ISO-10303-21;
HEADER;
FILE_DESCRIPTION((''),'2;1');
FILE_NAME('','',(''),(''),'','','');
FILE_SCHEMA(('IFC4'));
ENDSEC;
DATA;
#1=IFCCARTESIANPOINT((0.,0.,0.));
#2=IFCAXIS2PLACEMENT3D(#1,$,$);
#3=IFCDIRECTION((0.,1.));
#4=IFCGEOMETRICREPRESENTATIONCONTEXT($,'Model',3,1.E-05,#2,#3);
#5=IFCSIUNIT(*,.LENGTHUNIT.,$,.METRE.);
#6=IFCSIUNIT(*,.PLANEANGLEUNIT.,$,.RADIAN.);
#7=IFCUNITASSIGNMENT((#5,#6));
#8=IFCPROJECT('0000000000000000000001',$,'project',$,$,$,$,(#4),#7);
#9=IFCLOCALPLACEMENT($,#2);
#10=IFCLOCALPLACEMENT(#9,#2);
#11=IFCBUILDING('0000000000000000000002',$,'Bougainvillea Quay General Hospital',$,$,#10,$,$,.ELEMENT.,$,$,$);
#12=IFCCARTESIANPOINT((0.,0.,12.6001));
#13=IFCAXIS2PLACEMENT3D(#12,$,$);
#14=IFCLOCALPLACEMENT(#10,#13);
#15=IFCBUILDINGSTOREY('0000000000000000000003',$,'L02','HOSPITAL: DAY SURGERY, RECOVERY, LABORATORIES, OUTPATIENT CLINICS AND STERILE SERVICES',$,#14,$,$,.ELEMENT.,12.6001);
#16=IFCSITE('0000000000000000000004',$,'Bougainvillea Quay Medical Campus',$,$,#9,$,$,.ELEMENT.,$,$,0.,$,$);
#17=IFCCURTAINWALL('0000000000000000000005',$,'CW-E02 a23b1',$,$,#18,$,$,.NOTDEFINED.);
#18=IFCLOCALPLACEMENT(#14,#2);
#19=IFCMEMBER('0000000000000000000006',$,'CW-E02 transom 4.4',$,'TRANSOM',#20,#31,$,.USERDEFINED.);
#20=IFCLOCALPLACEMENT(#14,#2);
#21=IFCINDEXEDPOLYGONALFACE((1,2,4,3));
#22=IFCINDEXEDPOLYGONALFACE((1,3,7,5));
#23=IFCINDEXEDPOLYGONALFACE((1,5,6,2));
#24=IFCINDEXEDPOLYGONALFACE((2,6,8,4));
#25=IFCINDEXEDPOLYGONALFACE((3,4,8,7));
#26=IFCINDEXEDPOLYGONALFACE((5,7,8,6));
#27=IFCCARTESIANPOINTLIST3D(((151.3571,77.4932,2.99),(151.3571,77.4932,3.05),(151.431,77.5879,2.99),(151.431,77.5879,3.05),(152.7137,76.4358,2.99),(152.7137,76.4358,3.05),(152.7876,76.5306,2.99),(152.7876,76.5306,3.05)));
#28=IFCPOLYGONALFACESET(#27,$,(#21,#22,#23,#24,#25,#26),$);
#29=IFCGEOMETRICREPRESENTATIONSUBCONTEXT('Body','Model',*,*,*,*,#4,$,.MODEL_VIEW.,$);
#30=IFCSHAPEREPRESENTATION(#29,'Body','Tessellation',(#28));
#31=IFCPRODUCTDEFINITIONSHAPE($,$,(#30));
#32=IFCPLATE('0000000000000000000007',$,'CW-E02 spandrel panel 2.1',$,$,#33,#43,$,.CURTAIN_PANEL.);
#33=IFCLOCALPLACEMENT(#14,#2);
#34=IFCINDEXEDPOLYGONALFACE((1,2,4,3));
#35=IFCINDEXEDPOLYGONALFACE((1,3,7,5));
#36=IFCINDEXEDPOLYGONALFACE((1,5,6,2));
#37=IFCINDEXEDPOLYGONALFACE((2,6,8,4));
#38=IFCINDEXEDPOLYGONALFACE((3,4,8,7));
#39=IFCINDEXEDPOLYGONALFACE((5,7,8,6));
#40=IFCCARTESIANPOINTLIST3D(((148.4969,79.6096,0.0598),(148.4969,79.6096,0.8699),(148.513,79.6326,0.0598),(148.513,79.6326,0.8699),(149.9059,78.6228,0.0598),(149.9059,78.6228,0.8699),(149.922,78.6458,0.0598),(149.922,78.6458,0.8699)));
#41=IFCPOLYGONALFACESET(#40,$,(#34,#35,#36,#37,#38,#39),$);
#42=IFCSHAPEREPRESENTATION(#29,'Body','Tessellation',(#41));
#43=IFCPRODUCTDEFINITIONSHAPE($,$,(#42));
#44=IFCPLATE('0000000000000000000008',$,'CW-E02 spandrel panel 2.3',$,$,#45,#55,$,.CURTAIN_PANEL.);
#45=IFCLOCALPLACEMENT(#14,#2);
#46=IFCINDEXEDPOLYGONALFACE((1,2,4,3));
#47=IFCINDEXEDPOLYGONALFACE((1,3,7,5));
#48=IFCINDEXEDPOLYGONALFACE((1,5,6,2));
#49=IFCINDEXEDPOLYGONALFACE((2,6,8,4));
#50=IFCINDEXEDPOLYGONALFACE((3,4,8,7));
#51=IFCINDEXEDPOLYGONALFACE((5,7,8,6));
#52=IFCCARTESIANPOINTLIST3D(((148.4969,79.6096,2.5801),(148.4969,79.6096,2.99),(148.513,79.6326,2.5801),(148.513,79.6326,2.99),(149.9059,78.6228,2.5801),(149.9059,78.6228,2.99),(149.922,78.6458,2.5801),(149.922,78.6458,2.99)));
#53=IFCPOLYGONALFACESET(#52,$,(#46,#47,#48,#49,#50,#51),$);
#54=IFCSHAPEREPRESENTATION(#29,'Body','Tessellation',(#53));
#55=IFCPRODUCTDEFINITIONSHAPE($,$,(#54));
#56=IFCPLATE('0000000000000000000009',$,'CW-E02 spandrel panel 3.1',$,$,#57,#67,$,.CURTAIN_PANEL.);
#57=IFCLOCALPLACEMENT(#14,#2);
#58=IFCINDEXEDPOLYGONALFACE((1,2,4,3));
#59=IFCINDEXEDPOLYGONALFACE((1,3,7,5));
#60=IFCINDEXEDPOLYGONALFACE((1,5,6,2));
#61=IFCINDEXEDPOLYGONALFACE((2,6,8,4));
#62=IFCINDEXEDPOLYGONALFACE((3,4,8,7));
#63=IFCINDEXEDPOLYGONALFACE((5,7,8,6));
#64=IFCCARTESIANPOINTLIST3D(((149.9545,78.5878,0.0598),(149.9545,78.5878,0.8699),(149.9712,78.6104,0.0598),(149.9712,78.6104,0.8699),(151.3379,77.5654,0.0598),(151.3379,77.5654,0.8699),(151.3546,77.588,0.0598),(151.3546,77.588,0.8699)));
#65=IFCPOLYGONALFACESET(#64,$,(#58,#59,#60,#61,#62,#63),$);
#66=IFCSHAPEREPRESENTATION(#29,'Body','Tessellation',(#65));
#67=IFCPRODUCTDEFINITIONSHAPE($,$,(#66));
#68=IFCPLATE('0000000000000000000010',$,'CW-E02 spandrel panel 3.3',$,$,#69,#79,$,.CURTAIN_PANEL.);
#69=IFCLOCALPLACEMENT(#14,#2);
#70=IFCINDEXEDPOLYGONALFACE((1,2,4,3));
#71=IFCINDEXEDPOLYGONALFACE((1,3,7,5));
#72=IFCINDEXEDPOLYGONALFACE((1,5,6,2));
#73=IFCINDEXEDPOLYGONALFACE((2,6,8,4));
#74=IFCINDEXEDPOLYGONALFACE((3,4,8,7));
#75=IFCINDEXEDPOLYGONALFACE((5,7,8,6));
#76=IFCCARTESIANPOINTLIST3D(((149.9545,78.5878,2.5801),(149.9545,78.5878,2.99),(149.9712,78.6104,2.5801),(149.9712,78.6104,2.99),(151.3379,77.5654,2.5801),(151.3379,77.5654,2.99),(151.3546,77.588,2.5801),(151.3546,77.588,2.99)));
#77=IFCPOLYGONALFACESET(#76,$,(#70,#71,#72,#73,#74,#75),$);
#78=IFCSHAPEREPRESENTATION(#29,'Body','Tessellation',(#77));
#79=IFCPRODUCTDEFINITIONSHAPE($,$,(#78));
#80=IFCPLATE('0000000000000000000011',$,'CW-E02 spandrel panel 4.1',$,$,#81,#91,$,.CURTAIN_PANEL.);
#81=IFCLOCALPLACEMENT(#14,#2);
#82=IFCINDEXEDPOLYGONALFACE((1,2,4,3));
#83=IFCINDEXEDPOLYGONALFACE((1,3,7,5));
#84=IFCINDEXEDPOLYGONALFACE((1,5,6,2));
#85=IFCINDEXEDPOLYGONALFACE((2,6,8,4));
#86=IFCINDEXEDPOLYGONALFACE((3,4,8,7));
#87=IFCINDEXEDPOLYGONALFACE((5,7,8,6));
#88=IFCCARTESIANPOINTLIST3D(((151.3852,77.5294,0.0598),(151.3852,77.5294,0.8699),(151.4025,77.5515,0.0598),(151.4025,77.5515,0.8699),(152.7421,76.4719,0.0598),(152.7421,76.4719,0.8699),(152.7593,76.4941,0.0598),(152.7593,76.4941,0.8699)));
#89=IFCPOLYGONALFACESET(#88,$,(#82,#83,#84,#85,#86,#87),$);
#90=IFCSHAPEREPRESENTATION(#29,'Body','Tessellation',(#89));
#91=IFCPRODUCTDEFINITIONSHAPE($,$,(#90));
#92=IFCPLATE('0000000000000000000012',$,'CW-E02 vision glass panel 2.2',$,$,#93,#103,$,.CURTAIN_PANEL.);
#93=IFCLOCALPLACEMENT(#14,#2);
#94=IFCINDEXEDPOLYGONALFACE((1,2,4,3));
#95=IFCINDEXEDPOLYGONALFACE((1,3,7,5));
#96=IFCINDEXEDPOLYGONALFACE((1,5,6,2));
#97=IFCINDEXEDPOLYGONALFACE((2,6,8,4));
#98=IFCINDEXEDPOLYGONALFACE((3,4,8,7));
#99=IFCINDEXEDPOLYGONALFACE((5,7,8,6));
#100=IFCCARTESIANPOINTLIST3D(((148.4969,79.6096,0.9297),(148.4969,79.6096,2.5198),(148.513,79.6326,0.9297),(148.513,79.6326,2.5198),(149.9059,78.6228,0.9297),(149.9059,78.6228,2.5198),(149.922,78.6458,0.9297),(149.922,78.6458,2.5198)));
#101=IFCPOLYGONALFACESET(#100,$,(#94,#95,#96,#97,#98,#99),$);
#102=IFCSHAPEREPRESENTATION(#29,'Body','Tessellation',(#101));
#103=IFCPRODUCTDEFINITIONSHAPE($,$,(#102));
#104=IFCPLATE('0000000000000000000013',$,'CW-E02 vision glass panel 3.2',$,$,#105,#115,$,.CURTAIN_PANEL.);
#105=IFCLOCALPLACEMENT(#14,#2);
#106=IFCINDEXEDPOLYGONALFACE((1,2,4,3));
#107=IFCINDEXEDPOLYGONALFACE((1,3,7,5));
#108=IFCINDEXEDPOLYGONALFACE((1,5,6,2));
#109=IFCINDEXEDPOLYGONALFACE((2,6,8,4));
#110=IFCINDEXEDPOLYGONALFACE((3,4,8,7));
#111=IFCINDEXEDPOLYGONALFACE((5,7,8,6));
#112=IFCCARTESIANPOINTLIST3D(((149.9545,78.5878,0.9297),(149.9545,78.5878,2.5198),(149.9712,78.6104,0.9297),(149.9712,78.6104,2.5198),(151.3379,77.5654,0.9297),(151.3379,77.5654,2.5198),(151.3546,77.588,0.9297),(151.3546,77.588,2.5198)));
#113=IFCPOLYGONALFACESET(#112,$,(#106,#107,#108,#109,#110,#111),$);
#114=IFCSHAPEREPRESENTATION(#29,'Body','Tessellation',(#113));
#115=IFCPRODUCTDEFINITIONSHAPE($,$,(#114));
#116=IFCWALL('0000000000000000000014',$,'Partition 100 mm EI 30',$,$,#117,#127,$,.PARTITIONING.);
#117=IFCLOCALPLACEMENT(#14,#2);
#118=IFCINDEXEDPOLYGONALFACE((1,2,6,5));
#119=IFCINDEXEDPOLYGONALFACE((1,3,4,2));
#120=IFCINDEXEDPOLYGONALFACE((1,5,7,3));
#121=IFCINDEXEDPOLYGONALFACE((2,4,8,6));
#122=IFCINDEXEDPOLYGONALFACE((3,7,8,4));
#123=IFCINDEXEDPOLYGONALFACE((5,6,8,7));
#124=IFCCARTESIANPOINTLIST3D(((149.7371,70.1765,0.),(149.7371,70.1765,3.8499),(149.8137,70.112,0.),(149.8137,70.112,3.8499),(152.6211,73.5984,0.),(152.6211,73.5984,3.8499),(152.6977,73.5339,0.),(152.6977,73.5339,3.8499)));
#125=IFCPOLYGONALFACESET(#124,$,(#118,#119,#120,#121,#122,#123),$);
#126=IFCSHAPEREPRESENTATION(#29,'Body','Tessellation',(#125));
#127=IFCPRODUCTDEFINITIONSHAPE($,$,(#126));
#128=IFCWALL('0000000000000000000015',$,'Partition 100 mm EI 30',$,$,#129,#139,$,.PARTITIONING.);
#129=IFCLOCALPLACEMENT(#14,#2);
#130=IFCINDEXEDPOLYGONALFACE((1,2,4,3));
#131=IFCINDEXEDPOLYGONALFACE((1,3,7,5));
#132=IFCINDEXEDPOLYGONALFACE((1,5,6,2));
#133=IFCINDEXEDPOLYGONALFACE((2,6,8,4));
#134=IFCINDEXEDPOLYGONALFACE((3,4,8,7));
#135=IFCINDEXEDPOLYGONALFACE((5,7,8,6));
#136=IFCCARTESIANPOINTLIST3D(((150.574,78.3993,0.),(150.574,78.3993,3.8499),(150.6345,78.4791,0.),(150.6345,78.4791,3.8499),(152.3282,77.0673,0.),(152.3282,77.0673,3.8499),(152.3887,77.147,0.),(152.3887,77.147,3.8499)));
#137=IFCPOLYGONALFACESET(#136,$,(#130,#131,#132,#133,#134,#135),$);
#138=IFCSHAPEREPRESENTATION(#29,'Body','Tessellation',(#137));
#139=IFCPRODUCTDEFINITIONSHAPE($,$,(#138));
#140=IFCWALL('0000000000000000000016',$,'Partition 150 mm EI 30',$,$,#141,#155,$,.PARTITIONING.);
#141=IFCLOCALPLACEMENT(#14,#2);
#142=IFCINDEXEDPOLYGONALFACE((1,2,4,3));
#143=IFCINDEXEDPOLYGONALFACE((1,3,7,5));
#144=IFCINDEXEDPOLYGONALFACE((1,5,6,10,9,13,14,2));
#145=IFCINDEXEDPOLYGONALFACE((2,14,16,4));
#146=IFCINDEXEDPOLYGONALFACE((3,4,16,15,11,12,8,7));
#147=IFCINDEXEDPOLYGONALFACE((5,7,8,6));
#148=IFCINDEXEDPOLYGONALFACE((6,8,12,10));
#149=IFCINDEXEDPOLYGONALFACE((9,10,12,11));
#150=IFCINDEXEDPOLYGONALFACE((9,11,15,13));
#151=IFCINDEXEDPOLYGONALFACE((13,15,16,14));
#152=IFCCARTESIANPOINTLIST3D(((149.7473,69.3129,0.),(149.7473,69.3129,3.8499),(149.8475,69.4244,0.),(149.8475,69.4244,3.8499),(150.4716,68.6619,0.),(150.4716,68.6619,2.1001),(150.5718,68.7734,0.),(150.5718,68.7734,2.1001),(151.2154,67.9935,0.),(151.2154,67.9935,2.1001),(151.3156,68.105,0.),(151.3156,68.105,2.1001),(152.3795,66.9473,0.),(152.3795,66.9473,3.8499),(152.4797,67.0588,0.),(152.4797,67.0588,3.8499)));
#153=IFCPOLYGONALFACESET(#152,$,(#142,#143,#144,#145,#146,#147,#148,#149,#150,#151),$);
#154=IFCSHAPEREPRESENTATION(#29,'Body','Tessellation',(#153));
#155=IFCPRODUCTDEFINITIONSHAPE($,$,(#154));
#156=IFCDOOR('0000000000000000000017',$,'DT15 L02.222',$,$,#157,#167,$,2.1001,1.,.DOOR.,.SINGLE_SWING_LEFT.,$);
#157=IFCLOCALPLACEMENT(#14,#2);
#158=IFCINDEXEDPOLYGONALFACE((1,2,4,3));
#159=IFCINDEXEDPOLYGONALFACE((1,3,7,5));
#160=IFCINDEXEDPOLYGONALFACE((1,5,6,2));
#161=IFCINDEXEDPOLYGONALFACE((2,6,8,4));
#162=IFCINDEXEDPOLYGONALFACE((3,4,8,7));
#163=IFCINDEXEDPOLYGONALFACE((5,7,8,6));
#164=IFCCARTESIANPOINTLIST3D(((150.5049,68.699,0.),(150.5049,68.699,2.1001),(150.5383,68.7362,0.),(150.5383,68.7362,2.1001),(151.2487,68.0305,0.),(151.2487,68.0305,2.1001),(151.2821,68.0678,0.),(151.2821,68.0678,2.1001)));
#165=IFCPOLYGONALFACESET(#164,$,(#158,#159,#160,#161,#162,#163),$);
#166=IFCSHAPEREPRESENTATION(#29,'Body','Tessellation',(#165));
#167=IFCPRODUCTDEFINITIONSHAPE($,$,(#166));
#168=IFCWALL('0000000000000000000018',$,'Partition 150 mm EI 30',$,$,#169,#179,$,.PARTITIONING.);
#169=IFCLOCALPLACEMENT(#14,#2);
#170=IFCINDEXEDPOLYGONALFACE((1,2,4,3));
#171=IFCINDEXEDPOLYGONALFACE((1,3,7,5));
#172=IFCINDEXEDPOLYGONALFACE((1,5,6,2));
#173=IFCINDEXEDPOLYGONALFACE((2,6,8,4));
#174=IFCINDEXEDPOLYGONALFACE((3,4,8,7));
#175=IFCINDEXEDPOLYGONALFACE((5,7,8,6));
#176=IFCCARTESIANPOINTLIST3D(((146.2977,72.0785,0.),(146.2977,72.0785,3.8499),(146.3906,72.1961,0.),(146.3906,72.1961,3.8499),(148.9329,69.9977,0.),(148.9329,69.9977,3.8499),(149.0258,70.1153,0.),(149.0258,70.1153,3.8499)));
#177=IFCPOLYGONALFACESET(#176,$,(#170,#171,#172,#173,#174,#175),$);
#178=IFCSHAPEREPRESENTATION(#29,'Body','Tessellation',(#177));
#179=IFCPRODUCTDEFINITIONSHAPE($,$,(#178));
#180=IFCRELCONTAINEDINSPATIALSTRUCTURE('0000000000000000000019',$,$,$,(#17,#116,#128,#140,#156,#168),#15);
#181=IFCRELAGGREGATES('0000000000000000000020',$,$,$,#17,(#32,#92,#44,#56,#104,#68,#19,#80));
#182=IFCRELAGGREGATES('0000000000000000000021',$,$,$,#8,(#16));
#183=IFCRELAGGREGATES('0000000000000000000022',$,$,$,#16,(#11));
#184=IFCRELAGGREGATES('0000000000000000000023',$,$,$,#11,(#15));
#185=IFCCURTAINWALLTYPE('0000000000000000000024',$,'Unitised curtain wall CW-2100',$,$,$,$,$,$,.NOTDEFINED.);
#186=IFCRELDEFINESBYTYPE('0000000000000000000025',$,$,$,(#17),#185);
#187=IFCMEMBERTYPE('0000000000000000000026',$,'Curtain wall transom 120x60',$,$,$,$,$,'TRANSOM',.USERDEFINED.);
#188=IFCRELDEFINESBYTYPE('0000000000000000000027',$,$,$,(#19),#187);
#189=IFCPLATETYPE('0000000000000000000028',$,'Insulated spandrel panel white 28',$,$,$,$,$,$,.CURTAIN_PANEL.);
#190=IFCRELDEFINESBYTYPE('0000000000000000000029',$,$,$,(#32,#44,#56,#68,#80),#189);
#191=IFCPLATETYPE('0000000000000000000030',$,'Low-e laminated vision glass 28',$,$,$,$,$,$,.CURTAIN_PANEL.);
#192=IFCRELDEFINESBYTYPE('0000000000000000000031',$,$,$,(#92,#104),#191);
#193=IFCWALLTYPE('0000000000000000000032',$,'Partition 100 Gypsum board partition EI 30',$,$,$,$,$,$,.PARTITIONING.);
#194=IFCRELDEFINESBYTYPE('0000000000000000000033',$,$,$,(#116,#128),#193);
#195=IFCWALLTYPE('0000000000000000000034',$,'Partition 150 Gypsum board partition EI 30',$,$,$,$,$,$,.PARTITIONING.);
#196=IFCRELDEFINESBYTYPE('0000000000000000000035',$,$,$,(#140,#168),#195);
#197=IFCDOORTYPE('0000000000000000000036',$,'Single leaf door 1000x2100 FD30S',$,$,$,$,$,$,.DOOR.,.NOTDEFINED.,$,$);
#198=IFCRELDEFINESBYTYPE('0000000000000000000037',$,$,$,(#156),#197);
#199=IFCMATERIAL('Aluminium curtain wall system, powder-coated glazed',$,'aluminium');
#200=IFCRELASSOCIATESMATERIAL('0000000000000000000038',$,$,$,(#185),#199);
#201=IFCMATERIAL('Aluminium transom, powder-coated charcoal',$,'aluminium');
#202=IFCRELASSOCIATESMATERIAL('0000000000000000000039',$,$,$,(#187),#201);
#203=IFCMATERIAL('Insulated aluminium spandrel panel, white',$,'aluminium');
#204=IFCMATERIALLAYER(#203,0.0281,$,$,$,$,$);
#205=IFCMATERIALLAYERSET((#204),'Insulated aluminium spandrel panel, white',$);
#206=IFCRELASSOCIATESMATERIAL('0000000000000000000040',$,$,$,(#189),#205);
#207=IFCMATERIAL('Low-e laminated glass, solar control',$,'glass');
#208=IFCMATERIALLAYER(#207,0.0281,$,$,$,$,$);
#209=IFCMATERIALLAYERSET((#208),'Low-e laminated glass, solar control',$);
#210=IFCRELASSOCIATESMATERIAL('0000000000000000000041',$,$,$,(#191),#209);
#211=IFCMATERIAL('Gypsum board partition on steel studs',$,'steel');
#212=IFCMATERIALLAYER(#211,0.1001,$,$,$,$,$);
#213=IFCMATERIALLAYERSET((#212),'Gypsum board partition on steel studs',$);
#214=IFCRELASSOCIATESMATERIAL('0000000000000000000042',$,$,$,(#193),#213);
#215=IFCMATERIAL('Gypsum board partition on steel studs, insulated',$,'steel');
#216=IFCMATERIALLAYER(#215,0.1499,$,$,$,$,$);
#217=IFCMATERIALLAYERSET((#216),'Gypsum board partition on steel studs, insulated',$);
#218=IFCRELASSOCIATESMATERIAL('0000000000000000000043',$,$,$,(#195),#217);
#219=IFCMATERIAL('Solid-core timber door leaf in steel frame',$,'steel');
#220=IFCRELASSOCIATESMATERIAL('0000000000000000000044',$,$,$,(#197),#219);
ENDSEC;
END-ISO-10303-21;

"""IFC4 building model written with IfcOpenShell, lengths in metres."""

from ifc_helpers import new_model, si_unit, direction, frame, frame_2d, origin, origin_2d, place, context, subcontext, project, spatial, rectangle, extrude, material, layer, layer_set, material_profile, profile_set, type_object, element, fill, aggregate, save


model = new_model("IFC4")

# Units and contexts
model_context = context("Model", 3, precision=1e-05, world=origin(), true_north=direction((0.0, 1.0)))
body_context = subcontext(model_context, "Body", "Model", "MODEL_VIEW")
ifc_project = project(units=[si_unit("LENGTHUNIT", "METRE"), si_unit("PLANEANGLEUNIT", "RADIAN")], contexts=[model_context])

# Site, building, storey
site_placement = place(None, origin())
site = spatial("IfcSite", under=ifc_project, at=site_placement, Name="Bougainvillea Quay Medical Campus", CompositionType="ELEMENT", RefElevation=0.0)
building_placement = place(site_placement, origin())
building = spatial("IfcBuilding", under=site, at=building_placement, Name="Bougainvillea Quay General Hospital", CompositionType="ELEMENT")
storey_placement = place(building_placement, frame((0.0, 0.0, 12.6001)))
storey = spatial("IfcBuildingStorey", under=building, at=storey_placement, Name="L02", Description="HOSPITAL: DAY SURGERY, RECOVERY, LABORATORIES, OUTPATIENT CLINICS AND STERILE SERVICES", CompositionType="ELEMENT", Elevation=12.6001)

# Curtain wall, member, plates
ifc_material_1 = material(Name="Aluminium curtain wall system, powder-coated glazed", Category="aluminium")
curtain_wall_type = type_object("IfcCurtainWallType", Name="Unitised curtain wall CW-2100", PredefinedType="NOTDEFINED", material=ifc_material_1)
curtain_wall_placement = place(storey_placement, origin())
curtain_wall = element("IfcCurtainWall", 1, at=curtain_wall_placement, inside=storey, type_object=curtain_wall_type, Name="CW-E02 a23b1", PredefinedType="NOTDEFINED")
ifc_material_2 = material(Name="Aluminium transom, powder-coated charcoal", Category="aluminium")
ifc_material_profile_1 = material_profile(ifc_material_2, rectangle(XDim=0.1201, YDim=0.0601, at=origin_2d()))
ifc_profile_set_1 = profile_set([ifc_material_profile_1], Name="Aluminium transom, powder-coated charcoal")
member_type_1 = type_object("IfcMemberType", Name="Curtain wall transom 120x60", ElementType="TRANSOM", PredefinedType="USERDEFINED", material=ifc_profile_set_1)
member_1_placement = place(storey_placement, frame((151.394, 77.5405, 3.02), z_axis=(0.78874, -0.614726, 0.0), x_axis=(0.614726, 0.78874, 0.0)))
member_1 = element("IfcMember", 2, at=member_1_placement, type_object=member_type_1, Name="CW-E02 transom 4.4", ObjectType="TRANSOM", PredefinedType="USERDEFINED", context=body_context, shape_type="SweptSolid", body=[
    extrude(rectangle(XDim=0.1201, YDim=0.0601, at=origin_2d()), origin(), (0.0, 0.0, 1.0), 1.72),
])
ifc_material_3 = material(Name="Insulated aluminium spandrel panel, white", Category="aluminium")
ifc_layer_1 = layer(ifc_material_3, 0.0281)
ifc_layer_set_1 = layer_set([ifc_layer_1], Name="Insulated aluminium spandrel panel, white")
plate_type_1 = type_object("IfcPlateType", Name="Insulated spandrel panel white 28", PredefinedType="CURTAIN_PANEL", material=ifc_layer_set_1)
plate_1_placement = place(storey_placement, frame((149.2095, 79.1277, 0.0598), z_axis=(0.0, 0.0, 1.0), x_axis=(0.819096, -0.573656, 0.0)))
plate_1 = element("IfcPlate", 3, at=plate_1_placement, type_object=plate_type_1, Name="CW-E02 spandrel panel 2.1", PredefinedType="CURTAIN_PANEL", context=body_context, shape_type="SweptSolid", body=[
    extrude(rectangle(XDim=1.7202, YDim=0.0281, at=origin_2d()), origin(), (0.0, 0.0, 1.0), 0.8101),
])
plate_2_placement = place(storey_placement, frame((149.2095, 79.1277, 2.5801), z_axis=(0.0, 0.0, 1.0), x_axis=(0.819096, -0.573656, 0.0)))
plate_2 = element("IfcPlate", 4, at=plate_2_placement, type_object=plate_type_1, Name="CW-E02 spandrel panel 2.3", PredefinedType="CURTAIN_PANEL", context=body_context, shape_type="SweptSolid", body=[
    extrude(rectangle(XDim=1.7202, YDim=0.0281, at=origin_2d()), origin(), (0.0, 0.0, 1.0), 0.4099),
])
plate_3_placement = place(storey_placement, frame((150.6545, 78.0879, 0.0598), z_axis=(0.0, 0.0, 1.0), x_axis=(0.804189, -0.594374, 0.0)))
plate_3 = element("IfcPlate", 5, at=plate_3_placement, type_object=plate_type_1, Name="CW-E02 spandrel panel 3.1", PredefinedType="CURTAIN_PANEL", context=body_context, shape_type="SweptSolid", body=[
    extrude(rectangle(XDim=1.7202, YDim=0.0281, at=origin_2d()), origin(), (0.0, 0.0, 1.0), 0.8101),
])
plate_4_placement = place(storey_placement, frame((150.6545, 78.0879, 2.5801), z_axis=(0.0, 0.0, 1.0), x_axis=(0.804189, -0.594374, 0.0)))
plate_4 = element("IfcPlate", 6, at=plate_4_placement, type_object=plate_type_1, Name="CW-E02 spandrel panel 3.3", PredefinedType="CURTAIN_PANEL", context=body_context, shape_type="SweptSolid", body=[
    extrude(rectangle(XDim=1.7202, YDim=0.0281, at=origin_2d()), origin(), (0.0, 0.0, 1.0), 0.4099),
])
plate_5_placement = place(storey_placement, frame((152.0723, 77.0117, 0.0598), z_axis=(0.0, 0.0, 1.0), x_axis=(0.788758, -0.614704, 0.0)))
plate_5 = element("IfcPlate", 7, at=plate_5_placement, type_object=plate_type_1, Name="CW-E02 spandrel panel 4.1", PredefinedType="CURTAIN_PANEL", context=body_context, shape_type="SweptSolid", body=[
    extrude(rectangle(XDim=1.7202, YDim=0.0281, at=origin_2d()), origin(), (0.0, 0.0, 1.0), 0.8101),
])
ifc_material_4 = material(Name="Low-e laminated glass, solar control", Category="glass")
ifc_layer_2 = layer(ifc_material_4, 0.0281)
ifc_layer_set_2 = layer_set([ifc_layer_2], Name="Low-e laminated glass, solar control")
plate_type_2 = type_object("IfcPlateType", Name="Low-e laminated vision glass 28", PredefinedType="CURTAIN_PANEL", material=ifc_layer_set_2)
plate_6_placement = place(storey_placement, frame((149.2095, 79.1277, 0.9297), z_axis=(0.0, 0.0, 1.0), x_axis=(0.819096, -0.573656, 0.0)))
plate_6 = element("IfcPlate", 8, at=plate_6_placement, type_object=plate_type_2, Name="CW-E02 vision glass panel 2.2", PredefinedType="CURTAIN_PANEL", context=body_context, shape_type="SweptSolid", body=[
    extrude(rectangle(XDim=1.7202, YDim=0.0281, at=origin_2d()), origin(), (0.0, 0.0, 1.0), 1.5901),
])
plate_7_placement = place(storey_placement, frame((150.6545, 78.0879, 0.9297), z_axis=(0.0, 0.0, 1.0), x_axis=(0.804189, -0.594374, 0.0)))
plate_7 = element("IfcPlate", 9, at=plate_7_placement, type_object=plate_type_2, Name="CW-E02 vision glass panel 3.2", PredefinedType="CURTAIN_PANEL", context=body_context, shape_type="SweptSolid", body=[
    extrude(rectangle(XDim=1.7202, YDim=0.0281, at=origin_2d()), origin(), (0.0, 0.0, 1.0), 1.5901),
])
aggregate(curtain_wall, [plate_1, plate_6, plate_2, plate_3, plate_7, plate_4, member_1, plate_5])

# Walls
ifc_material_5 = material(Name="Gypsum board partition on steel studs", Category="steel")
ifc_layer_3 = layer(ifc_material_5, 0.1001)
ifc_layer_set_3 = layer_set([ifc_layer_3], Name="Gypsum board partition on steel studs")
wall_type_1 = type_object("IfcWallType", Name="Partition 100 Gypsum board partition EI 30", PredefinedType="PARTITIONING", material=ifc_layer_set_3)
wall_1_placement = place(storey_placement, frame((149.7754, 70.1443, 0.0), z_axis=(0.0, 0.0, 1.0), x_axis=(0.644457, 0.764641, 0.0)))
element("IfcWall", 10, at=wall_1_placement, inside=storey, type_object=wall_type_1, Name="Partition 100 mm EI 30", PredefinedType="PARTITIONING", context=body_context, shape_type="SweptSolid", body=[
    extrude(rectangle(XDim=4.4751, YDim=0.1001, at=frame_2d((2.2375, 0.0))), origin(), (0.0, 0.0, 1.0), 3.8499),
])
wall_2_placement = place(storey_placement, frame((150.6042, 78.4392, 0.0), z_axis=(0.0, 0.0, 1.0), x_axis=(0.796408, -0.60476, 0.0)))
element("IfcWall", 11, at=wall_2_placement, inside=storey, type_object=wall_type_1, Name="Partition 100 mm EI 30", PredefinedType="PARTITIONING", context=body_context, shape_type="SweptSolid", body=[
    extrude(rectangle(XDim=2.2026, YDim=0.1001, at=frame_2d((1.1013, 0.0))), origin(), (0.0, 0.0, 1.0), 3.8499),
])

# Wall, opening, door
ifc_material_6 = material(Name="Gypsum board partition on steel studs, insulated", Category="steel")
ifc_layer_4 = layer(ifc_material_6, 0.1499)
ifc_layer_set_4 = layer_set([ifc_layer_4], Name="Gypsum board partition on steel studs, insulated")
wall_type_2 = type_object("IfcWallType", Name="Partition 150 Gypsum board partition EI 30", PredefinedType="PARTITIONING", material=ifc_layer_set_4)
wall_3_placement = place(storey_placement, frame((149.7974, 69.3687, 0.0), z_axis=(0.0, 0.0, 1.0), x_axis=(0.743767, -0.668439, 0.0)))
wall_3 = element("IfcWall", 12, at=wall_3_placement, inside=storey, type_object=wall_type_2, Name="Partition 150 mm EI 30", PredefinedType="PARTITIONING", context=body_context, shape_type="SweptSolid", body=[
    extrude(rectangle(XDim=3.5391, YDim=0.1499, at=frame_2d((1.7695, 0.0))), origin(), (0.0, 0.0, 1.0), 3.8499),
])
opening_placement = place(wall_3_placement, frame((0.9739, 0.0, 0.0)))
opening = element("IfcOpeningElement", 13, at=opening_placement, cuts=wall_3, PredefinedType="OPENING", context=body_context, shape_type="SweptSolid", body=[
    extrude(rectangle(XDim=1.0, YDim=2.1001, at=frame_2d((0.5, 1.05))), frame((0.0, 0.085, 0.0), z_axis=(0.0, -1.0, 0.0), x_axis=(1.0, 0.0, 0.0)), (0.0, 0.0, 1.0), 0.1699),
])
ifc_material_7 = material(Name="Solid-core timber door leaf in steel frame", Category="steel")
door_type = type_object("IfcDoorType", Name="Single leaf door 1000x2100 FD30S", OperationType="NOTDEFINED", PredefinedType="DOOR", material=ifc_material_7)
door_placement = place(opening_placement, origin())
door = element("IfcDoor", 14, at=door_placement, inside=storey, type_object=door_type, Name="DT15 L02.222", OperationType="SINGLE_SWING_LEFT", OverallHeight=2.1001, OverallWidth=1.0, PredefinedType="DOOR", context=body_context, shape_type="SweptSolid", body=[
    extrude(rectangle(XDim=1.0, YDim=2.1001, at=frame_2d((0.5, 1.05))), frame((0.0, 0.0249, 0.0), z_axis=(0.0, -1.0, 0.0), x_axis=(1.0, 0.0, 0.0)), (0.0, 0.0, 1.0), 0.05),
])
fill(opening, door)

# Wall
wall_4_placement = place(storey_placement, frame((146.3442, 72.1372, 0.0), z_axis=(0.0, 0.0, 1.0), x_axis=(0.784833, -0.619708, 0.0)))
element("IfcWall", 15, at=wall_4_placement, inside=storey, type_object=wall_type_2, Name="Partition 150 mm EI 30", PredefinedType="PARTITIONING", context=body_context, shape_type="SweptSolid", body=[
    extrude(rectangle(XDim=3.3577, YDim=0.1499, at=frame_2d((1.6787, 0.0))), origin(), (0.0, 0.0, 1.0), 3.8499),
])

save(model, "model.ifc")
